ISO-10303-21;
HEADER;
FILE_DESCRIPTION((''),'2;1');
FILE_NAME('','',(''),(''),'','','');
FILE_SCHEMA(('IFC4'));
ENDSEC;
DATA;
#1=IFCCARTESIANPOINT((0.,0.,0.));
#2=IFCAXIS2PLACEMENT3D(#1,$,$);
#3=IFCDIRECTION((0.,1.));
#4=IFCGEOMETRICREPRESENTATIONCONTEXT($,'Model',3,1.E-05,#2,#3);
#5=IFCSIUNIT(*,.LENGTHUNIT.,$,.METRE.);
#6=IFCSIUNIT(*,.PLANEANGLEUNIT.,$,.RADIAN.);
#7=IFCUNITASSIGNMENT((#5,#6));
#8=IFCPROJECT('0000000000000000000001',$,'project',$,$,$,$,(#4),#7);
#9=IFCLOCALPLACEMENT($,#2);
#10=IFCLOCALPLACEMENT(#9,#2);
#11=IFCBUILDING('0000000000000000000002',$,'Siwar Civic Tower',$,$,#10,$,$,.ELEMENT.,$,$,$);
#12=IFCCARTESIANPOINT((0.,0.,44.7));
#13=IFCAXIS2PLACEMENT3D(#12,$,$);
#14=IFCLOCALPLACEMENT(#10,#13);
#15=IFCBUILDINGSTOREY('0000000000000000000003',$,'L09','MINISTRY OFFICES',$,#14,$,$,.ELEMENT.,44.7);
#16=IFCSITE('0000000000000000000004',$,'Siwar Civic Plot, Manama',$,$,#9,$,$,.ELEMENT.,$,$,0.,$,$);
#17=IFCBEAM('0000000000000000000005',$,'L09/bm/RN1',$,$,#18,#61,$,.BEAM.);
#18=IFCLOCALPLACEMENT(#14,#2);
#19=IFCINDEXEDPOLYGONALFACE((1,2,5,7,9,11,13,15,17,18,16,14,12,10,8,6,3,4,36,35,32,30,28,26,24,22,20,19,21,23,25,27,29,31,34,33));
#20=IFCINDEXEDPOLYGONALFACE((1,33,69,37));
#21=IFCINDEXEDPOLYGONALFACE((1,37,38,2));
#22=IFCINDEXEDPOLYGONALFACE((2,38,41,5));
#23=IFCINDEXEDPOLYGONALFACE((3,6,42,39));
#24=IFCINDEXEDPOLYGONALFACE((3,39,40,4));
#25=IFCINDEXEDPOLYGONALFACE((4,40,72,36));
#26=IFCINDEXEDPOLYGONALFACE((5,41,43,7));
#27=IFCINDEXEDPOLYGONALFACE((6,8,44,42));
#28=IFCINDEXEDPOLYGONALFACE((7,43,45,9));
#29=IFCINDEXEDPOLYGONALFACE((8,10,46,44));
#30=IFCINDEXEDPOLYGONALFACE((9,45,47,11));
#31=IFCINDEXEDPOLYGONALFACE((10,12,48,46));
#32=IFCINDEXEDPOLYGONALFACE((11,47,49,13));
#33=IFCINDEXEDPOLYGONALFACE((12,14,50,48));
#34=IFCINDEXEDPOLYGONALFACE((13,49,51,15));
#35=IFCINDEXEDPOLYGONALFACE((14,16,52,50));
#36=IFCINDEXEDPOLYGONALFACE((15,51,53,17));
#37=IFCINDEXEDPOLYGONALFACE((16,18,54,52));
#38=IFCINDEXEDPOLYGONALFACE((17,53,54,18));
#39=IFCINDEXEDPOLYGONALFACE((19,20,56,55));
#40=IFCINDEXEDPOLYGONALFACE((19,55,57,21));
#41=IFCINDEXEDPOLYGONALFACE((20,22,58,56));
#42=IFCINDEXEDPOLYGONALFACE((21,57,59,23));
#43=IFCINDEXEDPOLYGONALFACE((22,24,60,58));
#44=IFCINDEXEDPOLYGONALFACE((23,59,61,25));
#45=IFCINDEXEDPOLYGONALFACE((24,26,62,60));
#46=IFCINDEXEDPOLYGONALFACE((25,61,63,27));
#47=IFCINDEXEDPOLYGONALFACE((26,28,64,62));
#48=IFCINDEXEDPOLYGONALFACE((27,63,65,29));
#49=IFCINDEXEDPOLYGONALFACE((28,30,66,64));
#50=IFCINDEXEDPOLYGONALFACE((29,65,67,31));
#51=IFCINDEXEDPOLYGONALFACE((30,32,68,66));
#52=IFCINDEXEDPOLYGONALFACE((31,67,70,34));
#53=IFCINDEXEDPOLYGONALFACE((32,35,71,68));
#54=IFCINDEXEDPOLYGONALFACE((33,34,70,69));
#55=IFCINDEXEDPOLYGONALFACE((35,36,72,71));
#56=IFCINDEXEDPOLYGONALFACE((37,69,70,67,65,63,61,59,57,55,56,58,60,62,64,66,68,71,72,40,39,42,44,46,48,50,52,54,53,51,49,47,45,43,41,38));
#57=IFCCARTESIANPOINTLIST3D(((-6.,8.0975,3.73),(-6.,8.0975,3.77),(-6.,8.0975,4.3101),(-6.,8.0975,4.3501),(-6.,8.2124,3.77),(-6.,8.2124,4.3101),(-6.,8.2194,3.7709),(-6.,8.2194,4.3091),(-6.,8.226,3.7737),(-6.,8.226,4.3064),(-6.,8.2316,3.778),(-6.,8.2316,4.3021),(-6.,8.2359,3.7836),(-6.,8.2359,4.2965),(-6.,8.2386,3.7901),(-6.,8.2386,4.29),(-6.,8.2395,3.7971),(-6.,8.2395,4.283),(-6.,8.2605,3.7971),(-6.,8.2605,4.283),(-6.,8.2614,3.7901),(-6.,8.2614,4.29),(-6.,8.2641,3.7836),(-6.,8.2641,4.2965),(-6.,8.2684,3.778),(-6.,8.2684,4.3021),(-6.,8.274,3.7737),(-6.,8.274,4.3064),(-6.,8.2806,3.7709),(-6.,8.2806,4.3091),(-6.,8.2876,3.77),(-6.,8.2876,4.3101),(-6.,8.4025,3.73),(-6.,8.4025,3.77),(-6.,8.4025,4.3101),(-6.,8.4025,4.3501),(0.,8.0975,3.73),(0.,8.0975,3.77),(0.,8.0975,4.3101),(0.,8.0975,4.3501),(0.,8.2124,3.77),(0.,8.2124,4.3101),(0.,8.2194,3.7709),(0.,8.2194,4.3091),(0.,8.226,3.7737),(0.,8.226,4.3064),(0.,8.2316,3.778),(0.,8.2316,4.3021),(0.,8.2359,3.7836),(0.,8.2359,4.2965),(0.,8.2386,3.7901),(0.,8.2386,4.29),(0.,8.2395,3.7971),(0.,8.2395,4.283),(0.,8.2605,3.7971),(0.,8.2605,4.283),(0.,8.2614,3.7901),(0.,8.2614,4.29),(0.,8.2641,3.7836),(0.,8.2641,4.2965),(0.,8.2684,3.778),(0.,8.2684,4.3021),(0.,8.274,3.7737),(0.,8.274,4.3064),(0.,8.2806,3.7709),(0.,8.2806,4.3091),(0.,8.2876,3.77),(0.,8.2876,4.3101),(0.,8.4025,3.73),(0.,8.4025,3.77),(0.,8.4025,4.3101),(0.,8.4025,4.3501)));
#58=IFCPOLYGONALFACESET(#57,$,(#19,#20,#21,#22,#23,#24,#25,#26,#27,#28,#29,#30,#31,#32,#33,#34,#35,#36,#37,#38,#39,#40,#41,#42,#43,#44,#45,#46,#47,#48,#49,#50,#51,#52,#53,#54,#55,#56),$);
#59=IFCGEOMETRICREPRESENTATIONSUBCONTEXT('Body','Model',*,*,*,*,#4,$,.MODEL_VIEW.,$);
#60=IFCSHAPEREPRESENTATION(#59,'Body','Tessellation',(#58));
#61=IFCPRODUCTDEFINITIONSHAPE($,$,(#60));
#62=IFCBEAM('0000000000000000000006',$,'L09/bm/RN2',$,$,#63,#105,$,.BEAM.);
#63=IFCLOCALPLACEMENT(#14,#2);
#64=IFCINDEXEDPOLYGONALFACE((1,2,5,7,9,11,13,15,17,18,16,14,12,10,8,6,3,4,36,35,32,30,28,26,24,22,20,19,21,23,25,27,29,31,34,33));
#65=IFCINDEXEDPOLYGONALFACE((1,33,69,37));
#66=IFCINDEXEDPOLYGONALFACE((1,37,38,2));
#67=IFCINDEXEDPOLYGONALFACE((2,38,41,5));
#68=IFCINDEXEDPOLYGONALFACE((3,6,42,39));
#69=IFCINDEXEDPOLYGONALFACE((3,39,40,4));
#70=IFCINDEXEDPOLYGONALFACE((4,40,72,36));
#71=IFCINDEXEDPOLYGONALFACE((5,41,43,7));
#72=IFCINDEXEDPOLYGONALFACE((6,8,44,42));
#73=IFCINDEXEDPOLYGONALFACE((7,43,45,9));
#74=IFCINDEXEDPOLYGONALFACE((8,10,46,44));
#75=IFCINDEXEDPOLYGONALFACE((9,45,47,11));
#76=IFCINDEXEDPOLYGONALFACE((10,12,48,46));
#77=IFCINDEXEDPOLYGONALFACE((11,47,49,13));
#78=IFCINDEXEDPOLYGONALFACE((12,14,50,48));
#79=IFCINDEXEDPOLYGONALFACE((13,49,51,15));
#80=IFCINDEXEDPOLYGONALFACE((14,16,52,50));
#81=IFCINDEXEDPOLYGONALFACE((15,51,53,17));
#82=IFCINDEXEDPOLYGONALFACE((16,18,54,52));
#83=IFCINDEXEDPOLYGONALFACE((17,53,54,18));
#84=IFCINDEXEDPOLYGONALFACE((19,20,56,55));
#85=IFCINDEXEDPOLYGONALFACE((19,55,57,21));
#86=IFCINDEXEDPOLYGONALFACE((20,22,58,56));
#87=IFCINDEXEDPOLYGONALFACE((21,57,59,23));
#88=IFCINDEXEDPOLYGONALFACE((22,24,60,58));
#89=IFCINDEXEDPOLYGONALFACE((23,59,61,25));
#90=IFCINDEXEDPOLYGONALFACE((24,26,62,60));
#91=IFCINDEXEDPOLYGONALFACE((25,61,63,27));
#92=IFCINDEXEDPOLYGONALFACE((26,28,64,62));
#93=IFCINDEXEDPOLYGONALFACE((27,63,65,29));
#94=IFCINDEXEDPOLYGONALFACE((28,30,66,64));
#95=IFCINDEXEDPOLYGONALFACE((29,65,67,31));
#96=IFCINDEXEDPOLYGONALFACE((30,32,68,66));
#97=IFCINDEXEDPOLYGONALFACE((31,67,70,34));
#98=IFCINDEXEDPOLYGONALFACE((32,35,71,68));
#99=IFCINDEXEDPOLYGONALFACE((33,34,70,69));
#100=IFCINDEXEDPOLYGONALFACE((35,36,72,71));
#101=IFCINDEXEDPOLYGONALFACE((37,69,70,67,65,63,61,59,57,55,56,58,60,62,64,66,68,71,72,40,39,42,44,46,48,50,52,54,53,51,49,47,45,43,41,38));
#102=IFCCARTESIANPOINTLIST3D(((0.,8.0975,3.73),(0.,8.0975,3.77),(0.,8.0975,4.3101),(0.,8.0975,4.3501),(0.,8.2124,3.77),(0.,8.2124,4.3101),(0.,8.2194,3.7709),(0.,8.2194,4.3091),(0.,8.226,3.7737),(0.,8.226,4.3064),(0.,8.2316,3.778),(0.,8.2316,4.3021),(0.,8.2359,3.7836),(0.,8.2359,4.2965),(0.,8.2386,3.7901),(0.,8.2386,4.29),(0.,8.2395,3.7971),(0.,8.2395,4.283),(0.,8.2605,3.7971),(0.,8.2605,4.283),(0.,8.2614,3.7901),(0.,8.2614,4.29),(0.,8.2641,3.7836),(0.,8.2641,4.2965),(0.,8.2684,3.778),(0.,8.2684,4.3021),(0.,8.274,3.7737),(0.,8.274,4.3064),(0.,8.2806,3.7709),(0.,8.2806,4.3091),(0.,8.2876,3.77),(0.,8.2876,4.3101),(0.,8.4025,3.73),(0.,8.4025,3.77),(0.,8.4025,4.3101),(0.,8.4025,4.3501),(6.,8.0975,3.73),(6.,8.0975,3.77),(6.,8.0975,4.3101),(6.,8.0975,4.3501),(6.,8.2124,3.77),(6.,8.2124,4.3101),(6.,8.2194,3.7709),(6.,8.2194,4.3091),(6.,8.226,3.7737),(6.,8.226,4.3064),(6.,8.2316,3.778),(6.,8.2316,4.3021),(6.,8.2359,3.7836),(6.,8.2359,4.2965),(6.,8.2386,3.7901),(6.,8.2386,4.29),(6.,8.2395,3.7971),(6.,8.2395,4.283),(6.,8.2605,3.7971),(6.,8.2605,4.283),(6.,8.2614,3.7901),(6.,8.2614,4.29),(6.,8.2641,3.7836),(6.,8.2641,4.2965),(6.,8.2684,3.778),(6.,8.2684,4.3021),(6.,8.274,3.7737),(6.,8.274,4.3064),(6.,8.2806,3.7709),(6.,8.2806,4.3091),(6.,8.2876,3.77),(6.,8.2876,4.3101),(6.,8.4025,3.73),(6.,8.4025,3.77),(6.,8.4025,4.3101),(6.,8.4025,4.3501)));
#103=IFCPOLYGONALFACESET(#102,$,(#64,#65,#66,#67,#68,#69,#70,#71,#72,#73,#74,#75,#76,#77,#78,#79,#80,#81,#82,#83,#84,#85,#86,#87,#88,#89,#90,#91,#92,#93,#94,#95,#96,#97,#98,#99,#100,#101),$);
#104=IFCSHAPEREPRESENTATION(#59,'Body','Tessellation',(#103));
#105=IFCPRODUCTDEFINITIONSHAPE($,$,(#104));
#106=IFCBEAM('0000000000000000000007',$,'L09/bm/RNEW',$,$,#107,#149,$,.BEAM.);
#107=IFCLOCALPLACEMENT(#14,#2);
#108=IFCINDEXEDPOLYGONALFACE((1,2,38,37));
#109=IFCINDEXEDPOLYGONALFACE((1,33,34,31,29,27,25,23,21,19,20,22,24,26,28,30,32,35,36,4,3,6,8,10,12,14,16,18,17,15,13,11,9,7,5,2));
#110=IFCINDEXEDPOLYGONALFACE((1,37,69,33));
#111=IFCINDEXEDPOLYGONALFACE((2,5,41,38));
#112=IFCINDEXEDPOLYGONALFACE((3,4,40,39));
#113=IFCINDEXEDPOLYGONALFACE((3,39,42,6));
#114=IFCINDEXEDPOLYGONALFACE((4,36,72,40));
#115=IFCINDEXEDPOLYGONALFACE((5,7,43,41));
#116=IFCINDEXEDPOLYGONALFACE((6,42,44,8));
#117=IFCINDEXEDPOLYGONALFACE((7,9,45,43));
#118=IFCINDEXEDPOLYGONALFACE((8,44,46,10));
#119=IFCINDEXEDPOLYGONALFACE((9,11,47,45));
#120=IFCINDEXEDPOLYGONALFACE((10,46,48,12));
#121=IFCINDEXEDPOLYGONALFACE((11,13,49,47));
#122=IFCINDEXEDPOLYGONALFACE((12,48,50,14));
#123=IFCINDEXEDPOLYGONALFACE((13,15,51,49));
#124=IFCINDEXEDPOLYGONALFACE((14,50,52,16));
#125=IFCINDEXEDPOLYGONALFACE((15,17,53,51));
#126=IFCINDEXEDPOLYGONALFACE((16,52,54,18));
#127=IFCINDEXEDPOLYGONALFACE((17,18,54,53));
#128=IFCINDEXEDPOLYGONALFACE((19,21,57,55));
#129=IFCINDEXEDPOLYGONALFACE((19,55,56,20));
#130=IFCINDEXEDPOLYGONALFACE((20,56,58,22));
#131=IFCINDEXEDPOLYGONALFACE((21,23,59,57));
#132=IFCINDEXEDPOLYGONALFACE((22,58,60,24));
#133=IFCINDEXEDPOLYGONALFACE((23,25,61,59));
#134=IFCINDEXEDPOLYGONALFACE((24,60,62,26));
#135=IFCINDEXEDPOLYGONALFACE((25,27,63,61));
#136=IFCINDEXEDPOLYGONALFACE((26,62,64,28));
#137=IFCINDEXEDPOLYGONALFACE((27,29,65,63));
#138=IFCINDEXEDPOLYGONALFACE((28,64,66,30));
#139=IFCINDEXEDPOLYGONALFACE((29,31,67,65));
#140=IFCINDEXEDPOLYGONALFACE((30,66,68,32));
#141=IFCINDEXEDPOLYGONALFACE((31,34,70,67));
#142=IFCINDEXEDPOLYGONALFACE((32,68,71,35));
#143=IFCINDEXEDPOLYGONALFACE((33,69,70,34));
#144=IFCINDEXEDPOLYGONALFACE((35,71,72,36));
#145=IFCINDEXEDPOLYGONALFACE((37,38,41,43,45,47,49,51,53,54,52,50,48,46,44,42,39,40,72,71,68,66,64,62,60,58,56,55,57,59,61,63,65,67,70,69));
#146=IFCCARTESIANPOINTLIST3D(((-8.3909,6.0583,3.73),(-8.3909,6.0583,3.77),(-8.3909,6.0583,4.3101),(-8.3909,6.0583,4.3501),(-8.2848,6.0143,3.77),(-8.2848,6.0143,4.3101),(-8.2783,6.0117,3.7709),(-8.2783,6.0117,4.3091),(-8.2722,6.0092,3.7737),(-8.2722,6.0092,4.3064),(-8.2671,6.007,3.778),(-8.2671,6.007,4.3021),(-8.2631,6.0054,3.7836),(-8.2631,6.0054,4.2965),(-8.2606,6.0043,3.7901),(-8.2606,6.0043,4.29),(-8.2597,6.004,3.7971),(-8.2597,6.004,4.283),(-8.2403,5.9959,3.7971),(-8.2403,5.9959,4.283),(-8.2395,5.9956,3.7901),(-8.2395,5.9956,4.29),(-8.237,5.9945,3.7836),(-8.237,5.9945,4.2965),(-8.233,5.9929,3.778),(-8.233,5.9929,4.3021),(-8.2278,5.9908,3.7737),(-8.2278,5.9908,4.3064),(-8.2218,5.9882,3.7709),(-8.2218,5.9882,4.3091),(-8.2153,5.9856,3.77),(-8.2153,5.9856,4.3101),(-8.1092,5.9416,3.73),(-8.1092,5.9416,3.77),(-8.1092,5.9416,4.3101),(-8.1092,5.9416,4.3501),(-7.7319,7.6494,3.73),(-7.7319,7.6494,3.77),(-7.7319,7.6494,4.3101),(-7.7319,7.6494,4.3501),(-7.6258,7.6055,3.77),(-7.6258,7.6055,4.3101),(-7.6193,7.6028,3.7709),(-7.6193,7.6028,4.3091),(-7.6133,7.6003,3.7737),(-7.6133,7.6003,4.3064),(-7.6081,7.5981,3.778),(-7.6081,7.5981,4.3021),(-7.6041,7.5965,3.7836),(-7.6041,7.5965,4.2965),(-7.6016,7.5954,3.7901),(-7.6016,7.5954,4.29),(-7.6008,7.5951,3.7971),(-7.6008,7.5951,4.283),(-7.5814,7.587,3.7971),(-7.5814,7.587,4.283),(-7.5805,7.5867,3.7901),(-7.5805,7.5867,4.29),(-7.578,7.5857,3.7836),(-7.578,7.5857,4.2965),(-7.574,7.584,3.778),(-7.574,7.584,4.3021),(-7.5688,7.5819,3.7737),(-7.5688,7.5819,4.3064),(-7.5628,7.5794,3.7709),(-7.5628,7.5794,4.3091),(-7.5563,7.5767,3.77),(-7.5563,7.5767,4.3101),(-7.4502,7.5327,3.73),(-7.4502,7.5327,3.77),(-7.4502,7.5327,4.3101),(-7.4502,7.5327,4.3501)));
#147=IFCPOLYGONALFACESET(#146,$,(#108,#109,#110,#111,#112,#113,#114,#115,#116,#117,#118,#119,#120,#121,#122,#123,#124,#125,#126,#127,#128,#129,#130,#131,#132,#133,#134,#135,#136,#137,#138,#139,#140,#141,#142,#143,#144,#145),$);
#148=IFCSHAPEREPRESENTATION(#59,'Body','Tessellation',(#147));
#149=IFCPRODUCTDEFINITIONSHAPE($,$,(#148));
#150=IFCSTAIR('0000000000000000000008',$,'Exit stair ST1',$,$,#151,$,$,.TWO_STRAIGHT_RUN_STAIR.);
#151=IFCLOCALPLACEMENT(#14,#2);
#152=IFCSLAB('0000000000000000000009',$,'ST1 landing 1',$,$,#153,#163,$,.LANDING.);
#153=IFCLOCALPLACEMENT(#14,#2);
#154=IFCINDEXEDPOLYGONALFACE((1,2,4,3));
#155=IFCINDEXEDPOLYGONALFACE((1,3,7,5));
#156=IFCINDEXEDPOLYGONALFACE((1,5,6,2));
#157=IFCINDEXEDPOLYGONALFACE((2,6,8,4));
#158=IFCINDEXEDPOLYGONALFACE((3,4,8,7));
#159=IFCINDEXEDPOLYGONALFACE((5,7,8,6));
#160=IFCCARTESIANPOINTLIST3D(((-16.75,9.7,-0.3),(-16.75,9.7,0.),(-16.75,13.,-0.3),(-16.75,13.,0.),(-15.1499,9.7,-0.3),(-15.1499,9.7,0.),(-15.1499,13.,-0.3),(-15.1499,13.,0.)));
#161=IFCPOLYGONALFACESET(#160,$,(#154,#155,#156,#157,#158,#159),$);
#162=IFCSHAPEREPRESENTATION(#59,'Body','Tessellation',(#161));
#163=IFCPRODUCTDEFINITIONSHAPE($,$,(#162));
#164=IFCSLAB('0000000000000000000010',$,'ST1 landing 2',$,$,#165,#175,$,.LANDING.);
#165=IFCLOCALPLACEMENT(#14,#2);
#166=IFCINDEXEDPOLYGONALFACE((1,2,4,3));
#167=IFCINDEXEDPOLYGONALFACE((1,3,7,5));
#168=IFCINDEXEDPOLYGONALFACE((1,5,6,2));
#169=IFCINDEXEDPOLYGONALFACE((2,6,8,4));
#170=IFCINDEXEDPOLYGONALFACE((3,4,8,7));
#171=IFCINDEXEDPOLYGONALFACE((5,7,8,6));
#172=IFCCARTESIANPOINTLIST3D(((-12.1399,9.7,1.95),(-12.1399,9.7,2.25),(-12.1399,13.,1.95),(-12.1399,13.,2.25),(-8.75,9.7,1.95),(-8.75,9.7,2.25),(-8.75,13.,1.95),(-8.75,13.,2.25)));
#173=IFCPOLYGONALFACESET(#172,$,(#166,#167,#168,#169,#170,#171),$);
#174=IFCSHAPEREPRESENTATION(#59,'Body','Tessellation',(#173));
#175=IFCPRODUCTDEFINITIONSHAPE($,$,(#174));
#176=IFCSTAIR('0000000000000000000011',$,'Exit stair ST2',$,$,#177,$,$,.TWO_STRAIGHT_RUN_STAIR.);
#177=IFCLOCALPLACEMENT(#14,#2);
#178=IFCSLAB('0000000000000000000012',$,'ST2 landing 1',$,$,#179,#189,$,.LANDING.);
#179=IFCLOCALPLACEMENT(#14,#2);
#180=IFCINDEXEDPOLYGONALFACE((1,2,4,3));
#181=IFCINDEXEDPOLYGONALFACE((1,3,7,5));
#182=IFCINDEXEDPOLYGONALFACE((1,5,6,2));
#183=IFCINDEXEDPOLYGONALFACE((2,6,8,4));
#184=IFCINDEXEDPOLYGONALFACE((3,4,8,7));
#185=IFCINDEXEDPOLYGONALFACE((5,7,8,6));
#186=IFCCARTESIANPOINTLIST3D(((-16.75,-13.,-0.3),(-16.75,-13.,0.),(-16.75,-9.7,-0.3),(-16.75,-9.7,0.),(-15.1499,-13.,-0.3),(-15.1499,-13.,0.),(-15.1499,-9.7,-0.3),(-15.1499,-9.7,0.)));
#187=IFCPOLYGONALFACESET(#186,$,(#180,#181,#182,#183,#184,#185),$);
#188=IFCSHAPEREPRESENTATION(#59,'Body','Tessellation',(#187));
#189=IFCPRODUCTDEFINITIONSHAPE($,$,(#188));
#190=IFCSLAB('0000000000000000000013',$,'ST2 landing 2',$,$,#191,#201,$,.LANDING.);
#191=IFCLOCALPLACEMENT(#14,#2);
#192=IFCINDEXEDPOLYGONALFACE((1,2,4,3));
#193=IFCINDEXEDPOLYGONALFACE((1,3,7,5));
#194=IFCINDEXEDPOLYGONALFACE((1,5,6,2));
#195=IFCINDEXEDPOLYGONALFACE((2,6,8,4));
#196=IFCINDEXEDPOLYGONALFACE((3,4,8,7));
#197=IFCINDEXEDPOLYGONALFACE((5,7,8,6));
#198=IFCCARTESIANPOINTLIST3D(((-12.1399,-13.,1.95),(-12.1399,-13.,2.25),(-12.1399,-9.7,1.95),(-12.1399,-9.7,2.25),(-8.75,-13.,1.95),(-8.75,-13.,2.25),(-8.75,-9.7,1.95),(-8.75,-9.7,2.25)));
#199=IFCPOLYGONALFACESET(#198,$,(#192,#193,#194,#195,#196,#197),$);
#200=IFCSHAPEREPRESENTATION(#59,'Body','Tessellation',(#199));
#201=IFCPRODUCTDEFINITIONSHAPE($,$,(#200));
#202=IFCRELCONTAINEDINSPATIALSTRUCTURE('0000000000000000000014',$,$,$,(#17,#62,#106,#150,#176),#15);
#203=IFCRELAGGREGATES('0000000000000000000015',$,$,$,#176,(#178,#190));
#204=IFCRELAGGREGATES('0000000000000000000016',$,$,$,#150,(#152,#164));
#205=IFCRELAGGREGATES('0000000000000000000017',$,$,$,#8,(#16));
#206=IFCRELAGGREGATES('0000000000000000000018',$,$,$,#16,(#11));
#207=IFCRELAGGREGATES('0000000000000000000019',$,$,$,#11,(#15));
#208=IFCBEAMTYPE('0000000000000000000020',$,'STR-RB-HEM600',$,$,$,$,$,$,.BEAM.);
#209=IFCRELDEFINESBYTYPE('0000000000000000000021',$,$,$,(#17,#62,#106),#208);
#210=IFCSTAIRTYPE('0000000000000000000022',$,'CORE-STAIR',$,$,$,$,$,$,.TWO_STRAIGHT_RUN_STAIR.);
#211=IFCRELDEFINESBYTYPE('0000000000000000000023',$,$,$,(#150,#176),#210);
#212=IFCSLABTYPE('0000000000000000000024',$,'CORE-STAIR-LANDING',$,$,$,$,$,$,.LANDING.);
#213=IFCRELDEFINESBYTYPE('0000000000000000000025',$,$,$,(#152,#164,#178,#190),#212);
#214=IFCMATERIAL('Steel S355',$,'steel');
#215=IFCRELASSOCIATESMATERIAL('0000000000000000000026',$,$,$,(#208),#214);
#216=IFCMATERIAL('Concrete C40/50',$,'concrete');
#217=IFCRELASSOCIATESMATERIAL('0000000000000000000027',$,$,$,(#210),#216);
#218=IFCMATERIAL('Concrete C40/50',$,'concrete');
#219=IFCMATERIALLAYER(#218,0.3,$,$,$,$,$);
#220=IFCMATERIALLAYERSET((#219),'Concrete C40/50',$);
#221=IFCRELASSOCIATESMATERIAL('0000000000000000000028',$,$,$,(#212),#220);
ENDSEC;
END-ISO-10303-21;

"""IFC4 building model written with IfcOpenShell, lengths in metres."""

from ifc_helpers import new_model, si_unit, direction, frame, origin, origin_2d, place, context, subcontext, project, spatial, polyline, i_section, outline, extrude, material, layer, layer_set, material_profile, profile_set, type_object, element, aggregate, save


model = new_model("IFC4")

# Units and contexts
model_context = context("Model", 3, precision=1e-05, world=origin(), true_north=direction((0.0, 1.0)))
body_context = subcontext(model_context, "Body", "Model", "MODEL_VIEW")
ifc_project = project(units=[si_unit("LENGTHUNIT", "METRE"), si_unit("PLANEANGLEUNIT", "RADIAN")], contexts=[model_context])

# Site, building, storey
site_placement = place(None, origin())
site = spatial("IfcSite", under=ifc_project, at=site_placement, Name="Siwar Civic Plot, Manama", CompositionType="ELEMENT", RefElevation=0.0)
building_placement = place(site_placement, origin())
building = spatial("IfcBuilding", under=site, at=building_placement, Name="Siwar Civic Tower", CompositionType="ELEMENT")
storey_placement = place(building_placement, frame((0.0, 0.0, 44.7)))
storey = spatial("IfcBuildingStorey", under=building, at=storey_placement, Name="L09", Description="MINISTRY OFFICES", CompositionType="ELEMENT", Elevation=44.7)

# Beams
ifc_material_1 = material(Name="Steel S355", Category="steel")
ifc_material_profile_1 = material_profile(ifc_material_1, i_section(OverallWidth=0.3049, OverallDepth=0.6201, WebThickness=0.021, FlangeThickness=0.04, FilletRadius=0.0271, at=origin_2d()), Name="HEM600")
ifc_profile_set_1 = profile_set([ifc_material_profile_1], Name="Steel S355")
beam_type_1 = type_object("IfcBeamType", Name="STR-RB-HEM600", PredefinedType="BEAM", material=ifc_profile_set_1)
for number, where, z_axis, x_axis, name in (
    (1, (-6.0, 8.25, 4.04), (1.0, 0.0, 0.0), (0.0, 1.0, 0.0), "L09/bm/RN1"),
    (2, (0.0, 8.25, 4.04), (1.0, 0.0, 0.0), (0.0, 1.0, 0.0), "L09/bm/RN2"),
):
    element("IfcBeam", number, at=place(storey_placement, frame(where, z_axis=z_axis, x_axis=x_axis)), inside=storey, type_object=beam_type_1, Name=name, PredefinedType="BEAM", context=body_context, shape_type="SweptSolid", body=[
        extrude(i_section(OverallWidth=0.3049, OverallDepth=0.6201, WebThickness=0.021, FlangeThickness=0.04, FilletRadius=0.0271, at=origin_2d()), origin(), (0.0, 0.0, 1.0), 6.0),
    ])
beam_1_placement = place(storey_placement, frame((-7.5911, 7.5911, 4.04), z_axis=(-0.382631, -0.923901, 0.0), x_axis=(0.923901, -0.382631, 0.0)))
element("IfcBeam", 3, at=beam_1_placement, inside=storey, type_object=beam_type_1, Name="L09/bm/RNEW", PredefinedType="BEAM", context=body_context, shape_type="SweptSolid", body=[
    extrude(i_section(OverallWidth=0.3049, OverallDepth=0.6201, WebThickness=0.021, FlangeThickness=0.04, FilletRadius=0.0271, at=origin_2d()), origin(), (0.0, 0.0, 1.0), 1.7222),
])

# Stairs, slabs
ifc_material_2 = material(Name="Concrete C40/50", Category="concrete")
stair_type = type_object("IfcStairType", Name="CORE-STAIR", PredefinedType="TWO_STRAIGHT_RUN_STAIR", material=ifc_material_2)
stair_1_placement = place(storey_placement, origin())
stair_1 = element("IfcStair", 4, at=stair_1_placement, inside=storey, type_object=stair_type, Name="Exit stair ST1", PredefinedType="TWO_STRAIGHT_RUN_STAIR")
ifc_material_3 = material(Name="Concrete C40/50", Category="concrete")
ifc_layer_1 = layer(ifc_material_3, 0.3)
ifc_layer_set_1 = layer_set([ifc_layer_1], Name="Concrete C40/50")
slab_type_1 = type_object("IfcSlabType", Name="CORE-STAIR-LANDING", PredefinedType="LANDING", material=ifc_layer_set_1)
slab_1_placement = place(storey_placement, frame((0.0, 0.0, -0.3)))
slab_1 = element("IfcSlab", 5, at=slab_1_placement, type_object=slab_type_1, Name="ST1 landing 1", PredefinedType="LANDING", context=body_context, shape_type="SweptSolid", body=[
    extrude(outline(polyline([(-15.1499, 13.0), (-16.75, 13.0), (-16.75, 9.7), (-15.1499, 9.7), (-15.1499, 13.0)])), origin(), (0.0, 0.0, 1.0), 0.3),
])
slab_2_placement = place(storey_placement, frame((0.0, 0.0, 1.95)))
slab_2 = element("IfcSlab", 6, at=slab_2_placement, type_object=slab_type_1, Name="ST1 landing 2", PredefinedType="LANDING", context=body_context, shape_type="SweptSolid", body=[
    extrude(outline(polyline([(-8.75, 13.0), (-12.1399, 13.0), (-12.1399, 9.7), (-8.75, 9.7), (-8.75, 13.0)])), origin(), (0.0, 0.0, 1.0), 0.3),
])
stair_2_placement = place(storey_placement, origin())
stair_2 = element("IfcStair", 7, at=stair_2_placement, inside=storey, type_object=stair_type, Name="Exit stair ST2", PredefinedType="TWO_STRAIGHT_RUN_STAIR")
slab_3_placement = place(storey_placement, frame((0.0, 0.0, -0.3)))
slab_3 = element("IfcSlab", 8, at=slab_3_placement, type_object=slab_type_1, Name="ST2 landing 1", PredefinedType="LANDING", context=body_context, shape_type="SweptSolid", body=[
    extrude(outline(polyline([(-15.1499, -9.7), (-16.75, -9.7), (-16.75, -13.0), (-15.1499, -13.0), (-15.1499, -9.7)])), origin(), (0.0, 0.0, 1.0), 0.3),
])
slab_4_placement = place(storey_placement, frame((0.0, 0.0, 1.95)))
slab_4 = element("IfcSlab", 9, at=slab_4_placement, type_object=slab_type_1, Name="ST2 landing 2", PredefinedType="LANDING", context=body_context, shape_type="SweptSolid", body=[
    extrude(outline(polyline([(-8.75, -9.7), (-12.1399, -9.7), (-12.1399, -13.0), (-8.75, -13.0), (-8.75, -9.7)])), origin(), (0.0, 0.0, 1.0), 0.3),
])
aggregate(stair_2, [slab_3, slab_4])

aggregate(stair_1, [slab_1, slab_2])

save(model, "model.ifc")
